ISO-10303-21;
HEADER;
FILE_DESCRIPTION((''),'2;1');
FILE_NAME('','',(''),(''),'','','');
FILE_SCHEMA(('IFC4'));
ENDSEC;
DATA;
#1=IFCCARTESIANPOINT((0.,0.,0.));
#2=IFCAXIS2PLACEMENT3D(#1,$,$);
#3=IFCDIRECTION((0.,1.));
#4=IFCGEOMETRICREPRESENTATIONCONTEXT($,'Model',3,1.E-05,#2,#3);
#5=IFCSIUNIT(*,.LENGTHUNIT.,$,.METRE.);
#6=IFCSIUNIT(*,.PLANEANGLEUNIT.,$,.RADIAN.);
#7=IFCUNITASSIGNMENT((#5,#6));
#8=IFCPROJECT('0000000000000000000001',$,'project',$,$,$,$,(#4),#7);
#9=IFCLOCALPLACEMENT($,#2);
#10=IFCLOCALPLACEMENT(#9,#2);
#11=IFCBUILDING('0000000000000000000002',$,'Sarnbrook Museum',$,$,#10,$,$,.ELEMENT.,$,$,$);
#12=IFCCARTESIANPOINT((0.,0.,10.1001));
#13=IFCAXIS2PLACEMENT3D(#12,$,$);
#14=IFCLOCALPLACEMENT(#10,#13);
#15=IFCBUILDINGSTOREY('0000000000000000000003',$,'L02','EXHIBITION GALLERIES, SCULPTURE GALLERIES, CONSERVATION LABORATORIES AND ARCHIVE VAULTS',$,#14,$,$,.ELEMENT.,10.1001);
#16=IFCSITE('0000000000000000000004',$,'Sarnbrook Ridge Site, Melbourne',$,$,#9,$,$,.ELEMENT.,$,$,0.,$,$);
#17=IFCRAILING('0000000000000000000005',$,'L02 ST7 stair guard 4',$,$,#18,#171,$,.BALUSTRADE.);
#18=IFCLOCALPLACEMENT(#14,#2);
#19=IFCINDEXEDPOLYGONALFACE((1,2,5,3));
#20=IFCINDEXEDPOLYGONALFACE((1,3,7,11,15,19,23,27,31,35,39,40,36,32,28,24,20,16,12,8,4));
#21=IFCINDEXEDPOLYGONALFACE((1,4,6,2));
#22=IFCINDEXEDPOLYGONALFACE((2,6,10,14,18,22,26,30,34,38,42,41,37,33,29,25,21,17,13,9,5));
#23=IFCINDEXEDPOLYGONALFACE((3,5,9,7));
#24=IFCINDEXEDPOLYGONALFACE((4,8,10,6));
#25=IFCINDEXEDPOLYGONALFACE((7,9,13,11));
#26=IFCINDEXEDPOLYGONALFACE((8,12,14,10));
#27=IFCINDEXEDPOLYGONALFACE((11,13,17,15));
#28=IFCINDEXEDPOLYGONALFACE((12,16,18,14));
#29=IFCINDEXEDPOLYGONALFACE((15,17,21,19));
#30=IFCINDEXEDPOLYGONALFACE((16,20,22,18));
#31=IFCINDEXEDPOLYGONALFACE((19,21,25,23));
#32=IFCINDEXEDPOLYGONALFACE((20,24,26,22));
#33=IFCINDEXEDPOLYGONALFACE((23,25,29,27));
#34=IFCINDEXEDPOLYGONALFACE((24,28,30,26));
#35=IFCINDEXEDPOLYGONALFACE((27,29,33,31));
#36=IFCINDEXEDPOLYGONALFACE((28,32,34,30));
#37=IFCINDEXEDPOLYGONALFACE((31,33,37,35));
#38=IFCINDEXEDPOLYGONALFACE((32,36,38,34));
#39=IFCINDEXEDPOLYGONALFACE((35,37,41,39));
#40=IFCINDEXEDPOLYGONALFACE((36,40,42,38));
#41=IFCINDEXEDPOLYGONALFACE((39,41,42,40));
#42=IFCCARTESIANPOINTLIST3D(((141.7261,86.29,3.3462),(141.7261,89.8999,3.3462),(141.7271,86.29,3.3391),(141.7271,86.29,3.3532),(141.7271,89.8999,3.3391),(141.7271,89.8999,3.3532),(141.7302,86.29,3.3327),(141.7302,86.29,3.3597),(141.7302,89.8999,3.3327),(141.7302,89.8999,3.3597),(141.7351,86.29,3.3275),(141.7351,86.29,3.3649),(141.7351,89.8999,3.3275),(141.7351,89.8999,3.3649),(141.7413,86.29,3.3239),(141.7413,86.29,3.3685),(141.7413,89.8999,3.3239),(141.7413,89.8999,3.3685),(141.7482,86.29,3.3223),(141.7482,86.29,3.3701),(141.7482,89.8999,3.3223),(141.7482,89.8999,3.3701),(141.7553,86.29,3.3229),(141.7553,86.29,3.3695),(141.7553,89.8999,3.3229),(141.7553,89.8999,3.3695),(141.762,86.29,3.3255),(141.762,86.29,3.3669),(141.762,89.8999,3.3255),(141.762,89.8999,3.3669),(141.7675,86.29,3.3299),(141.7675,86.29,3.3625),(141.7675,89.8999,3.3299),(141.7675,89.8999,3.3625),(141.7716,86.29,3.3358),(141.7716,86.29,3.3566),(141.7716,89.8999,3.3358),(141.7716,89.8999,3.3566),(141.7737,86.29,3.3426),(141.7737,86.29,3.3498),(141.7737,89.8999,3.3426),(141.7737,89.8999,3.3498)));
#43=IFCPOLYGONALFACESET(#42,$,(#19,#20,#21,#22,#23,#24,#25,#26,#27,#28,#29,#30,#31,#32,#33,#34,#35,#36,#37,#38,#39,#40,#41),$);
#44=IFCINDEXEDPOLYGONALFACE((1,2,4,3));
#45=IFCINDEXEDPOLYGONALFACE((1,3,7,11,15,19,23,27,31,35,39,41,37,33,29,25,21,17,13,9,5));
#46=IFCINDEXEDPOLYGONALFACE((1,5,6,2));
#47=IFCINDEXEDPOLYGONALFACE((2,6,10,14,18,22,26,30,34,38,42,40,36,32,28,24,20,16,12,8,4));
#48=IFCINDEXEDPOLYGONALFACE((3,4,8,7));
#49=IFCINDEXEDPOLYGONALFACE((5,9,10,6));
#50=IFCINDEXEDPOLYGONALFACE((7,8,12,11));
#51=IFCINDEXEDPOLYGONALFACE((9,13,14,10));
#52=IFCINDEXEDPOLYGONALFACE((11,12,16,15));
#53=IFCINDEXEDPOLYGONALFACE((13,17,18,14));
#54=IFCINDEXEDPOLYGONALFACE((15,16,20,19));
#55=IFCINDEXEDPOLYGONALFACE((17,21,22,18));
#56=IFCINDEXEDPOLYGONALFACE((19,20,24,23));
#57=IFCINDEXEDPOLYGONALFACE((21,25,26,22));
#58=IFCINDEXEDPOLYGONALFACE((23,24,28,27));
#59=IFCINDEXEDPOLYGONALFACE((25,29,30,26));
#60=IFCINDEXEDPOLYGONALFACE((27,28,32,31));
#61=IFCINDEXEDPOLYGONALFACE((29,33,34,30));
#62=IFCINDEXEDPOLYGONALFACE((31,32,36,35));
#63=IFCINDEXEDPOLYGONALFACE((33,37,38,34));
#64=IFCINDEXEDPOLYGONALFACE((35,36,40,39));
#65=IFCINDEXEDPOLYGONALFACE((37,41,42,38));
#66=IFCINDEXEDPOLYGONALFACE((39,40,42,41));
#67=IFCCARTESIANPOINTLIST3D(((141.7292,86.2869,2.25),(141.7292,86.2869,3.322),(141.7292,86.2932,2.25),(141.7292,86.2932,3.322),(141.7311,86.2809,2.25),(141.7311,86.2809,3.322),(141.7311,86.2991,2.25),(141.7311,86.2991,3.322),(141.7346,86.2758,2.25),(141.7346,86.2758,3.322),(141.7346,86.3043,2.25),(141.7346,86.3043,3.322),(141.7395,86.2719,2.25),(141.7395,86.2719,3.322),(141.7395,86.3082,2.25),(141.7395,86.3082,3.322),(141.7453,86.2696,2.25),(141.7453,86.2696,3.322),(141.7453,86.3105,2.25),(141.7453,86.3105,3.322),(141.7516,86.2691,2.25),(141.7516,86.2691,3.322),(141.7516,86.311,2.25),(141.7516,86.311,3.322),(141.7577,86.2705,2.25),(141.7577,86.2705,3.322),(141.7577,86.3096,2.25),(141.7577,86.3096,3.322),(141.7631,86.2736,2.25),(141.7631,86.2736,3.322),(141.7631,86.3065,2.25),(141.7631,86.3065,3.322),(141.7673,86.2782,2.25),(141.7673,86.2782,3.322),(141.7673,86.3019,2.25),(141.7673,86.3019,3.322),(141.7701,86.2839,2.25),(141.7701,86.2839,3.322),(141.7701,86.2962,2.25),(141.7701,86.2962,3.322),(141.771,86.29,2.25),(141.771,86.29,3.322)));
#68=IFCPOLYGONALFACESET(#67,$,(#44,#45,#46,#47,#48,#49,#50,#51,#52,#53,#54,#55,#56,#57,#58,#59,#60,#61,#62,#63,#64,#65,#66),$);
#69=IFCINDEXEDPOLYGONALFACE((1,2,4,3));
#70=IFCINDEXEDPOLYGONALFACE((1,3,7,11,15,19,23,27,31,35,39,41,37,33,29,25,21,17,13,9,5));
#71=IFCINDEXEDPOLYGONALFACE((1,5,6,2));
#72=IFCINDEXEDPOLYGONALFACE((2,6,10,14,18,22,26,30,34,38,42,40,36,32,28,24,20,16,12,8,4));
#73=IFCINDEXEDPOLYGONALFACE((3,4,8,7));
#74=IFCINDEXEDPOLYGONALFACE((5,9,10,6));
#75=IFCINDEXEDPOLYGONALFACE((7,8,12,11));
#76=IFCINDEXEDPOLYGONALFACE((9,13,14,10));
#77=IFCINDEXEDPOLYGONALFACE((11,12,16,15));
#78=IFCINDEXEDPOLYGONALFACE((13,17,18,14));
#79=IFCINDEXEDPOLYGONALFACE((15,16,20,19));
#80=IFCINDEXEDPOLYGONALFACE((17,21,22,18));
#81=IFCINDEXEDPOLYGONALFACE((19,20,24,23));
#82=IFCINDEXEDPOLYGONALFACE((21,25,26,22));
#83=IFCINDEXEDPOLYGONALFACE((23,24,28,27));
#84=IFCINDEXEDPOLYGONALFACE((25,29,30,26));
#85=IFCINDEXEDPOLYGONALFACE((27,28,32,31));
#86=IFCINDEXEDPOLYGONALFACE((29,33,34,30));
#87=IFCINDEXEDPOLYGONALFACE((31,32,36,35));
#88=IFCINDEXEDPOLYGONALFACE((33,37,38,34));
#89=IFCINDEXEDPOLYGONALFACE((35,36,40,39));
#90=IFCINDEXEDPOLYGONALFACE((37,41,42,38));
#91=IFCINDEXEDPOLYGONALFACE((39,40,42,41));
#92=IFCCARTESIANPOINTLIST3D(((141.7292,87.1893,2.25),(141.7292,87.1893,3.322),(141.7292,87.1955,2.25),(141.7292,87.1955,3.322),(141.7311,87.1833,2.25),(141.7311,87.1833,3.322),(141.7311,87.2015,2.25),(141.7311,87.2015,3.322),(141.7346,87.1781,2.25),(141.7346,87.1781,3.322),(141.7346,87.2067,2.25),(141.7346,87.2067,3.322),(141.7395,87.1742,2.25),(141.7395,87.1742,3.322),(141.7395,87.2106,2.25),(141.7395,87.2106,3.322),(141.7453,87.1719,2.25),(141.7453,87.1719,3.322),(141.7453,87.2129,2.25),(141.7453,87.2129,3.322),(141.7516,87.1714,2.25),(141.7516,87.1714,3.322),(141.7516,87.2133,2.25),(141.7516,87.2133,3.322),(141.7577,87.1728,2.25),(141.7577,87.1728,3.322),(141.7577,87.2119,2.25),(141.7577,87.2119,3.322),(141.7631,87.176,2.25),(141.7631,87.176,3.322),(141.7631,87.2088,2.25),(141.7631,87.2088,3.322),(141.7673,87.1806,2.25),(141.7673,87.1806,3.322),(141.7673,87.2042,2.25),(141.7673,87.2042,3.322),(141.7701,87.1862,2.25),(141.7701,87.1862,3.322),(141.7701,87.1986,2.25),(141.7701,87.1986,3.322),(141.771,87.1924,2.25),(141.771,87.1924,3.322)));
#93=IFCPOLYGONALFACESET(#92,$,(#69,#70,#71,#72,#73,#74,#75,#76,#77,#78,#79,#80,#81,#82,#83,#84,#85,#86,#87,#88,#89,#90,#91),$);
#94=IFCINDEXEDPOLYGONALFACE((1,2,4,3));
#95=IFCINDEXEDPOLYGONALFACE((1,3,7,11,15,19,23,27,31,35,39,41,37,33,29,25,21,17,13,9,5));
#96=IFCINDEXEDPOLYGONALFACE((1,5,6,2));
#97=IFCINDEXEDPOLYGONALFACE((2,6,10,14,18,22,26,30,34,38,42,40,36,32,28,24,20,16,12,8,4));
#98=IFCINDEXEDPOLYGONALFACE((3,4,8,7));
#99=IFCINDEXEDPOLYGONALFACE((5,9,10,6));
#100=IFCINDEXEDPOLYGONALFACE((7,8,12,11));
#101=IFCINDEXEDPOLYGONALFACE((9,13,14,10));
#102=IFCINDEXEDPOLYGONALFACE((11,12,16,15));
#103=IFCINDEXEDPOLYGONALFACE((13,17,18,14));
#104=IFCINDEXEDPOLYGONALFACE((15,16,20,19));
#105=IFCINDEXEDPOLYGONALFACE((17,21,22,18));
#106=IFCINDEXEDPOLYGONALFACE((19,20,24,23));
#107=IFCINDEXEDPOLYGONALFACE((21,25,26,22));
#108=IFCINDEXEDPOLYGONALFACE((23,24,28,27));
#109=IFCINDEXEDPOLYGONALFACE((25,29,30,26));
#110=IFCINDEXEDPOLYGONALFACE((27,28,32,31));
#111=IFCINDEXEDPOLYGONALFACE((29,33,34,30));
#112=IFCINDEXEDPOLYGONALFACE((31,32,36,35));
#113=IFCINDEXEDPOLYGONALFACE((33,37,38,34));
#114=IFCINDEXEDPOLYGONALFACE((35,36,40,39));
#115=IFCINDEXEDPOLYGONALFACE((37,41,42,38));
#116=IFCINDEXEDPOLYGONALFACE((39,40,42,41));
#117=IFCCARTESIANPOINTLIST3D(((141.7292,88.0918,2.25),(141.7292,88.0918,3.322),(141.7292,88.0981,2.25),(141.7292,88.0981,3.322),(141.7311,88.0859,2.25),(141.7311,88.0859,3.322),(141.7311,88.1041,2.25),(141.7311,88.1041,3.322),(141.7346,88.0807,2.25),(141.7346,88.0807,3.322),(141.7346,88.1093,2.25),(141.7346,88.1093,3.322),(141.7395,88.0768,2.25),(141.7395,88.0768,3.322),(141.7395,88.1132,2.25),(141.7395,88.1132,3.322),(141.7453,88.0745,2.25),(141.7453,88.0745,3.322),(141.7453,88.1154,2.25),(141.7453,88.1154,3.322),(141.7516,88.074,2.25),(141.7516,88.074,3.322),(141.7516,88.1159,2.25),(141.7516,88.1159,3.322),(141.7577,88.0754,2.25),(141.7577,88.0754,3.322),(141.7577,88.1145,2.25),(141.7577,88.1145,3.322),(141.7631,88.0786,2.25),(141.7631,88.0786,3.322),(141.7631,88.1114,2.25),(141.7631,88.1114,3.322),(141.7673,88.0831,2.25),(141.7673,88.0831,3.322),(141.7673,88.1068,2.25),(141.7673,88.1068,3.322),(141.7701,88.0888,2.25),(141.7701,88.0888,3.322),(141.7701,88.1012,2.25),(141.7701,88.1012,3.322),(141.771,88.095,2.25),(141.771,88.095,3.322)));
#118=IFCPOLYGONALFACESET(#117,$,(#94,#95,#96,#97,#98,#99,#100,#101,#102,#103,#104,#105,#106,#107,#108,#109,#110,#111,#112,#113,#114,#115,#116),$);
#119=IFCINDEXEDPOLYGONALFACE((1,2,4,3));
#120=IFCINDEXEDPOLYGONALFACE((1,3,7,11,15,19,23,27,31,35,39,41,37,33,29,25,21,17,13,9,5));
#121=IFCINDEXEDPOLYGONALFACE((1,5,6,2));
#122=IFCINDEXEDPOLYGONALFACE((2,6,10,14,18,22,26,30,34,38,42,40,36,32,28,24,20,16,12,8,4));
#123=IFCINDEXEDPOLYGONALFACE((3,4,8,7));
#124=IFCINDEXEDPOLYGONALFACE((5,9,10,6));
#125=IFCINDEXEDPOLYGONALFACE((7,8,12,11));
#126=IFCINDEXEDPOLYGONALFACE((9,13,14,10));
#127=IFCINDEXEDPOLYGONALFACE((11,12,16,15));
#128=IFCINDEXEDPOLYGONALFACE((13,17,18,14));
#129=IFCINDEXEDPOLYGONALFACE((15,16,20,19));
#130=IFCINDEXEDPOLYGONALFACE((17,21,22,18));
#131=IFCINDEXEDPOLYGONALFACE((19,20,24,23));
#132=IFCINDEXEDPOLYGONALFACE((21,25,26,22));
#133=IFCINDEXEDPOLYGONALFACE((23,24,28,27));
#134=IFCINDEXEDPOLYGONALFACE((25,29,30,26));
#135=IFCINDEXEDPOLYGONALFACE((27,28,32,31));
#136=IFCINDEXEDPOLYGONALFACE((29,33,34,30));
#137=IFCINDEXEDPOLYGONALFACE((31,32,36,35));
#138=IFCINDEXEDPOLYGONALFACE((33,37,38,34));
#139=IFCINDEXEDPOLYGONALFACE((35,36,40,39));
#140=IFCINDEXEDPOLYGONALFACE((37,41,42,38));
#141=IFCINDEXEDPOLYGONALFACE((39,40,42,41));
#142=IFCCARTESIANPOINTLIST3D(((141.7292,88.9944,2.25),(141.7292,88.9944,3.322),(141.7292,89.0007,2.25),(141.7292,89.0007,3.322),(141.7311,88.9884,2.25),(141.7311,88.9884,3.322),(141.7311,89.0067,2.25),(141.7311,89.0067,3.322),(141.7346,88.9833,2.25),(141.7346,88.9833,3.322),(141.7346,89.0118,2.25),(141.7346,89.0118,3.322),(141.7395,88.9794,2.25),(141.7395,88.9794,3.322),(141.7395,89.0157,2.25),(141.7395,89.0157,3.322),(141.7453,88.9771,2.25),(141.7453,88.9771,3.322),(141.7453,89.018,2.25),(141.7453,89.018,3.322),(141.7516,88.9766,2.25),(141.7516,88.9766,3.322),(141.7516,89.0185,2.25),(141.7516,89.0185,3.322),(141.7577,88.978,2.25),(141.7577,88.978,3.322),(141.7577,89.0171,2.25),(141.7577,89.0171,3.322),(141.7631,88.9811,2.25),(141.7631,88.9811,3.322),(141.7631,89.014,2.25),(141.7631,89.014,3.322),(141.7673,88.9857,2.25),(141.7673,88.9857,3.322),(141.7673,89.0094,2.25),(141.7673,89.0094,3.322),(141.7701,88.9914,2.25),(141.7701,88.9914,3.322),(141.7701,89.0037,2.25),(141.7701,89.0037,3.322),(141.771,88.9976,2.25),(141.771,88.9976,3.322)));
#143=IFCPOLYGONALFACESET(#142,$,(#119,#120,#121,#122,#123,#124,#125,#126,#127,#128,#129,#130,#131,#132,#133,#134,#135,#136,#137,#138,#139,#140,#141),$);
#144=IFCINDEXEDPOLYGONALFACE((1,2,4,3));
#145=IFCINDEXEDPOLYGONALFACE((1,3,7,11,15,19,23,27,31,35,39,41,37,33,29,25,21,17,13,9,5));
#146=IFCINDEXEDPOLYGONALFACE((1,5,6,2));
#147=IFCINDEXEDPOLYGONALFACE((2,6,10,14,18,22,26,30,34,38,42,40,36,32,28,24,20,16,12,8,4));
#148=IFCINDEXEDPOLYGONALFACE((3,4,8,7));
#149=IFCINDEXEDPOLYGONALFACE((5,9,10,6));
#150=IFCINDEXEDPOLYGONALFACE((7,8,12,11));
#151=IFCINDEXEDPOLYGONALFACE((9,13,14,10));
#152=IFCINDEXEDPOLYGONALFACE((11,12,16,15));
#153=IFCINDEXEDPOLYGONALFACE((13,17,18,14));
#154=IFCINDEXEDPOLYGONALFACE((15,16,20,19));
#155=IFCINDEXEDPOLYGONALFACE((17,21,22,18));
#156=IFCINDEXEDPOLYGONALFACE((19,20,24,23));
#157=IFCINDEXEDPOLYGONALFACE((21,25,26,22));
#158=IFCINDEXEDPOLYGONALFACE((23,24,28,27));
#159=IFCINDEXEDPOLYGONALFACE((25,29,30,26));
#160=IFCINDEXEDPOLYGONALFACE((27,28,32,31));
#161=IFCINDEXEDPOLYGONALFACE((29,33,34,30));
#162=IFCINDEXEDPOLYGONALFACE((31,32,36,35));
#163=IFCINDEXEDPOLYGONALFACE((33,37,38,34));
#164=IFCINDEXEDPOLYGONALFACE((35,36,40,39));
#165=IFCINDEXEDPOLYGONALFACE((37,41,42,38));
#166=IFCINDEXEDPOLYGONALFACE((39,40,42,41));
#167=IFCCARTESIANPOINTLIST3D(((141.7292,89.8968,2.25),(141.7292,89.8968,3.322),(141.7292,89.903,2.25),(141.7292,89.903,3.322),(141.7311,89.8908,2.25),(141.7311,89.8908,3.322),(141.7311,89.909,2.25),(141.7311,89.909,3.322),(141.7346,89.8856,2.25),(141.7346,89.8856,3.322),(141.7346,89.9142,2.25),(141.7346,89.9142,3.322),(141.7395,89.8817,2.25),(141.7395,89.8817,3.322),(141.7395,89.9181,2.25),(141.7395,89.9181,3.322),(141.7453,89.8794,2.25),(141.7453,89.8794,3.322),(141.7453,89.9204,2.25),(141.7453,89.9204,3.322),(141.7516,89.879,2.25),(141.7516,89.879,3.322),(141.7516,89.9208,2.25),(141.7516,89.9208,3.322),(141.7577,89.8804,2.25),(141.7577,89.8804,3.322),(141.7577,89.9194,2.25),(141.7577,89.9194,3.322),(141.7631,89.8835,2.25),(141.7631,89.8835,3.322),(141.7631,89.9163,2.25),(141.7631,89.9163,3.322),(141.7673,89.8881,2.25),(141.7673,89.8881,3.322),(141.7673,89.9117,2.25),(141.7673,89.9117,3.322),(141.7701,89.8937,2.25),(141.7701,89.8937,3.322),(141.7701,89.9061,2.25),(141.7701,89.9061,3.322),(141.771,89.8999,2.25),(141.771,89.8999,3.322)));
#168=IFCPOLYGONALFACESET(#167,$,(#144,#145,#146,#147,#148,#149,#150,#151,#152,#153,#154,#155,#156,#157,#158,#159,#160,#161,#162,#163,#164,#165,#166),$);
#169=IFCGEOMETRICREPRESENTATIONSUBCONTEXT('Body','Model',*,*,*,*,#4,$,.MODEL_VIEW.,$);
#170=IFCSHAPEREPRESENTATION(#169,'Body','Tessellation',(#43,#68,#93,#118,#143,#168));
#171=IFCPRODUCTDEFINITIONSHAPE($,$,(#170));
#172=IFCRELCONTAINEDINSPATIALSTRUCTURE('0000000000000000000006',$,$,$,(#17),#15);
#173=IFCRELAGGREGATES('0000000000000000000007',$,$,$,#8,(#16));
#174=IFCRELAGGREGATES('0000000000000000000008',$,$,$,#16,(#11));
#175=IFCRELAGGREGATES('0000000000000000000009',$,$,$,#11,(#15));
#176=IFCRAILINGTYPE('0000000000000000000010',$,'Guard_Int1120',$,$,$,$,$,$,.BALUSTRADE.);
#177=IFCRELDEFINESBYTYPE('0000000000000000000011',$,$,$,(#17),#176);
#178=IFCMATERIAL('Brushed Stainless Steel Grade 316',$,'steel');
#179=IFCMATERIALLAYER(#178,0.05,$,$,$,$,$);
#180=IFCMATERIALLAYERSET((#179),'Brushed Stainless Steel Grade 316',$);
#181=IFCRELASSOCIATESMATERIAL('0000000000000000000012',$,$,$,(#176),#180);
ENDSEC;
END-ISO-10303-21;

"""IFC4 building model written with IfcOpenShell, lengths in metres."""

from ifc_helpers import new_model, si_unit, direction, frame, origin, origin_2d, place, context, subcontext, project, spatial, circle, extrude, material, layer, layer_set, type_object, element, save


model = new_model("IFC4")

# Units and contexts
model_context = context("Model", 3, precision=1e-05, world=origin(), true_north=direction((0.0, 1.0)))
body_context = subcontext(model_context, "Body", "Model", "MODEL_VIEW")
ifc_project = project(units=[si_unit("LENGTHUNIT", "METRE"), si_unit("PLANEANGLEUNIT", "RADIAN")], contexts=[model_context])

# Site, building, storey
site_placement = place(None, origin())
site = spatial("IfcSite", under=ifc_project, at=site_placement, Name="Sarnbrook Ridge Site, Melbourne", CompositionType="ELEMENT", RefElevation=0.0)
building_placement = place(site_placement, origin())
building = spatial("IfcBuilding", under=site, at=building_placement, Name="Sarnbrook Museum", CompositionType="ELEMENT")
storey_placement = place(building_placement, frame((0.0, 0.0, 10.1001)))
storey = spatial("IfcBuildingStorey", under=building, at=storey_placement, Name="L02", Description="EXHIBITION GALLERIES, SCULPTURE GALLERIES, CONSERVATION LABORATORIES AND ARCHIVE VAULTS", CompositionType="ELEMENT", Elevation=10.1001)

# Railing
ifc_material_1 = material(Name="Brushed Stainless Steel Grade 316", Category="steel")
ifc_layer_1 = layer(ifc_material_1, 0.05)
ifc_layer_set_1 = layer_set([ifc_layer_1], Name="Brushed Stainless Steel Grade 316")
railing_type_1 = type_object("IfcRailingType", Name="Guard_Int1120", PredefinedType="BALUSTRADE", material=ifc_layer_set_1)
for number, where, name in (
    (1, (141.75, 86.29, 2.25), "L02 ST7 stair guard 4"),
):
    element("IfcRailing", number, at=place(storey_placement, frame(where)), inside=storey, type_object=railing_type_1, Name=name, PredefinedType="BALUSTRADE", context=body_context, shape_type="SweptSolid", body=[
        extrude(circle(Radius=0.0239, at=origin_2d()), frame((0.0, 0.0, 1.0962), z_axis=(0.0, 1.0, 0.0), x_axis=(-1.0, 0.0, 0.0)), (0.0, 0.0, 1.0), 3.6099),
        extrude(circle(Radius=0.021, at=origin_2d()), origin(), (0.0, 0.0, 1.0), 1.072),
        extrude(circle(Radius=0.021, at=origin_2d()), frame((0.0, 0.9023, 0.0)), (0.0, 0.0, 1.0), 1.072),
        extrude(circle(Radius=0.021, at=origin_2d()), frame((0.0, 1.8049, 0.0)), (0.0, 0.0, 1.0), 1.072),
        extrude(circle(Radius=0.021, at=origin_2d()), frame((0.0, 2.7075, 0.0)), (0.0, 0.0, 1.0), 1.072),
        extrude(circle(Radius=0.021, at=origin_2d()), frame((0.0, 3.6099, 0.0)), (0.0, 0.0, 1.0), 1.072),
    ])

save(model, "model.ifc")
